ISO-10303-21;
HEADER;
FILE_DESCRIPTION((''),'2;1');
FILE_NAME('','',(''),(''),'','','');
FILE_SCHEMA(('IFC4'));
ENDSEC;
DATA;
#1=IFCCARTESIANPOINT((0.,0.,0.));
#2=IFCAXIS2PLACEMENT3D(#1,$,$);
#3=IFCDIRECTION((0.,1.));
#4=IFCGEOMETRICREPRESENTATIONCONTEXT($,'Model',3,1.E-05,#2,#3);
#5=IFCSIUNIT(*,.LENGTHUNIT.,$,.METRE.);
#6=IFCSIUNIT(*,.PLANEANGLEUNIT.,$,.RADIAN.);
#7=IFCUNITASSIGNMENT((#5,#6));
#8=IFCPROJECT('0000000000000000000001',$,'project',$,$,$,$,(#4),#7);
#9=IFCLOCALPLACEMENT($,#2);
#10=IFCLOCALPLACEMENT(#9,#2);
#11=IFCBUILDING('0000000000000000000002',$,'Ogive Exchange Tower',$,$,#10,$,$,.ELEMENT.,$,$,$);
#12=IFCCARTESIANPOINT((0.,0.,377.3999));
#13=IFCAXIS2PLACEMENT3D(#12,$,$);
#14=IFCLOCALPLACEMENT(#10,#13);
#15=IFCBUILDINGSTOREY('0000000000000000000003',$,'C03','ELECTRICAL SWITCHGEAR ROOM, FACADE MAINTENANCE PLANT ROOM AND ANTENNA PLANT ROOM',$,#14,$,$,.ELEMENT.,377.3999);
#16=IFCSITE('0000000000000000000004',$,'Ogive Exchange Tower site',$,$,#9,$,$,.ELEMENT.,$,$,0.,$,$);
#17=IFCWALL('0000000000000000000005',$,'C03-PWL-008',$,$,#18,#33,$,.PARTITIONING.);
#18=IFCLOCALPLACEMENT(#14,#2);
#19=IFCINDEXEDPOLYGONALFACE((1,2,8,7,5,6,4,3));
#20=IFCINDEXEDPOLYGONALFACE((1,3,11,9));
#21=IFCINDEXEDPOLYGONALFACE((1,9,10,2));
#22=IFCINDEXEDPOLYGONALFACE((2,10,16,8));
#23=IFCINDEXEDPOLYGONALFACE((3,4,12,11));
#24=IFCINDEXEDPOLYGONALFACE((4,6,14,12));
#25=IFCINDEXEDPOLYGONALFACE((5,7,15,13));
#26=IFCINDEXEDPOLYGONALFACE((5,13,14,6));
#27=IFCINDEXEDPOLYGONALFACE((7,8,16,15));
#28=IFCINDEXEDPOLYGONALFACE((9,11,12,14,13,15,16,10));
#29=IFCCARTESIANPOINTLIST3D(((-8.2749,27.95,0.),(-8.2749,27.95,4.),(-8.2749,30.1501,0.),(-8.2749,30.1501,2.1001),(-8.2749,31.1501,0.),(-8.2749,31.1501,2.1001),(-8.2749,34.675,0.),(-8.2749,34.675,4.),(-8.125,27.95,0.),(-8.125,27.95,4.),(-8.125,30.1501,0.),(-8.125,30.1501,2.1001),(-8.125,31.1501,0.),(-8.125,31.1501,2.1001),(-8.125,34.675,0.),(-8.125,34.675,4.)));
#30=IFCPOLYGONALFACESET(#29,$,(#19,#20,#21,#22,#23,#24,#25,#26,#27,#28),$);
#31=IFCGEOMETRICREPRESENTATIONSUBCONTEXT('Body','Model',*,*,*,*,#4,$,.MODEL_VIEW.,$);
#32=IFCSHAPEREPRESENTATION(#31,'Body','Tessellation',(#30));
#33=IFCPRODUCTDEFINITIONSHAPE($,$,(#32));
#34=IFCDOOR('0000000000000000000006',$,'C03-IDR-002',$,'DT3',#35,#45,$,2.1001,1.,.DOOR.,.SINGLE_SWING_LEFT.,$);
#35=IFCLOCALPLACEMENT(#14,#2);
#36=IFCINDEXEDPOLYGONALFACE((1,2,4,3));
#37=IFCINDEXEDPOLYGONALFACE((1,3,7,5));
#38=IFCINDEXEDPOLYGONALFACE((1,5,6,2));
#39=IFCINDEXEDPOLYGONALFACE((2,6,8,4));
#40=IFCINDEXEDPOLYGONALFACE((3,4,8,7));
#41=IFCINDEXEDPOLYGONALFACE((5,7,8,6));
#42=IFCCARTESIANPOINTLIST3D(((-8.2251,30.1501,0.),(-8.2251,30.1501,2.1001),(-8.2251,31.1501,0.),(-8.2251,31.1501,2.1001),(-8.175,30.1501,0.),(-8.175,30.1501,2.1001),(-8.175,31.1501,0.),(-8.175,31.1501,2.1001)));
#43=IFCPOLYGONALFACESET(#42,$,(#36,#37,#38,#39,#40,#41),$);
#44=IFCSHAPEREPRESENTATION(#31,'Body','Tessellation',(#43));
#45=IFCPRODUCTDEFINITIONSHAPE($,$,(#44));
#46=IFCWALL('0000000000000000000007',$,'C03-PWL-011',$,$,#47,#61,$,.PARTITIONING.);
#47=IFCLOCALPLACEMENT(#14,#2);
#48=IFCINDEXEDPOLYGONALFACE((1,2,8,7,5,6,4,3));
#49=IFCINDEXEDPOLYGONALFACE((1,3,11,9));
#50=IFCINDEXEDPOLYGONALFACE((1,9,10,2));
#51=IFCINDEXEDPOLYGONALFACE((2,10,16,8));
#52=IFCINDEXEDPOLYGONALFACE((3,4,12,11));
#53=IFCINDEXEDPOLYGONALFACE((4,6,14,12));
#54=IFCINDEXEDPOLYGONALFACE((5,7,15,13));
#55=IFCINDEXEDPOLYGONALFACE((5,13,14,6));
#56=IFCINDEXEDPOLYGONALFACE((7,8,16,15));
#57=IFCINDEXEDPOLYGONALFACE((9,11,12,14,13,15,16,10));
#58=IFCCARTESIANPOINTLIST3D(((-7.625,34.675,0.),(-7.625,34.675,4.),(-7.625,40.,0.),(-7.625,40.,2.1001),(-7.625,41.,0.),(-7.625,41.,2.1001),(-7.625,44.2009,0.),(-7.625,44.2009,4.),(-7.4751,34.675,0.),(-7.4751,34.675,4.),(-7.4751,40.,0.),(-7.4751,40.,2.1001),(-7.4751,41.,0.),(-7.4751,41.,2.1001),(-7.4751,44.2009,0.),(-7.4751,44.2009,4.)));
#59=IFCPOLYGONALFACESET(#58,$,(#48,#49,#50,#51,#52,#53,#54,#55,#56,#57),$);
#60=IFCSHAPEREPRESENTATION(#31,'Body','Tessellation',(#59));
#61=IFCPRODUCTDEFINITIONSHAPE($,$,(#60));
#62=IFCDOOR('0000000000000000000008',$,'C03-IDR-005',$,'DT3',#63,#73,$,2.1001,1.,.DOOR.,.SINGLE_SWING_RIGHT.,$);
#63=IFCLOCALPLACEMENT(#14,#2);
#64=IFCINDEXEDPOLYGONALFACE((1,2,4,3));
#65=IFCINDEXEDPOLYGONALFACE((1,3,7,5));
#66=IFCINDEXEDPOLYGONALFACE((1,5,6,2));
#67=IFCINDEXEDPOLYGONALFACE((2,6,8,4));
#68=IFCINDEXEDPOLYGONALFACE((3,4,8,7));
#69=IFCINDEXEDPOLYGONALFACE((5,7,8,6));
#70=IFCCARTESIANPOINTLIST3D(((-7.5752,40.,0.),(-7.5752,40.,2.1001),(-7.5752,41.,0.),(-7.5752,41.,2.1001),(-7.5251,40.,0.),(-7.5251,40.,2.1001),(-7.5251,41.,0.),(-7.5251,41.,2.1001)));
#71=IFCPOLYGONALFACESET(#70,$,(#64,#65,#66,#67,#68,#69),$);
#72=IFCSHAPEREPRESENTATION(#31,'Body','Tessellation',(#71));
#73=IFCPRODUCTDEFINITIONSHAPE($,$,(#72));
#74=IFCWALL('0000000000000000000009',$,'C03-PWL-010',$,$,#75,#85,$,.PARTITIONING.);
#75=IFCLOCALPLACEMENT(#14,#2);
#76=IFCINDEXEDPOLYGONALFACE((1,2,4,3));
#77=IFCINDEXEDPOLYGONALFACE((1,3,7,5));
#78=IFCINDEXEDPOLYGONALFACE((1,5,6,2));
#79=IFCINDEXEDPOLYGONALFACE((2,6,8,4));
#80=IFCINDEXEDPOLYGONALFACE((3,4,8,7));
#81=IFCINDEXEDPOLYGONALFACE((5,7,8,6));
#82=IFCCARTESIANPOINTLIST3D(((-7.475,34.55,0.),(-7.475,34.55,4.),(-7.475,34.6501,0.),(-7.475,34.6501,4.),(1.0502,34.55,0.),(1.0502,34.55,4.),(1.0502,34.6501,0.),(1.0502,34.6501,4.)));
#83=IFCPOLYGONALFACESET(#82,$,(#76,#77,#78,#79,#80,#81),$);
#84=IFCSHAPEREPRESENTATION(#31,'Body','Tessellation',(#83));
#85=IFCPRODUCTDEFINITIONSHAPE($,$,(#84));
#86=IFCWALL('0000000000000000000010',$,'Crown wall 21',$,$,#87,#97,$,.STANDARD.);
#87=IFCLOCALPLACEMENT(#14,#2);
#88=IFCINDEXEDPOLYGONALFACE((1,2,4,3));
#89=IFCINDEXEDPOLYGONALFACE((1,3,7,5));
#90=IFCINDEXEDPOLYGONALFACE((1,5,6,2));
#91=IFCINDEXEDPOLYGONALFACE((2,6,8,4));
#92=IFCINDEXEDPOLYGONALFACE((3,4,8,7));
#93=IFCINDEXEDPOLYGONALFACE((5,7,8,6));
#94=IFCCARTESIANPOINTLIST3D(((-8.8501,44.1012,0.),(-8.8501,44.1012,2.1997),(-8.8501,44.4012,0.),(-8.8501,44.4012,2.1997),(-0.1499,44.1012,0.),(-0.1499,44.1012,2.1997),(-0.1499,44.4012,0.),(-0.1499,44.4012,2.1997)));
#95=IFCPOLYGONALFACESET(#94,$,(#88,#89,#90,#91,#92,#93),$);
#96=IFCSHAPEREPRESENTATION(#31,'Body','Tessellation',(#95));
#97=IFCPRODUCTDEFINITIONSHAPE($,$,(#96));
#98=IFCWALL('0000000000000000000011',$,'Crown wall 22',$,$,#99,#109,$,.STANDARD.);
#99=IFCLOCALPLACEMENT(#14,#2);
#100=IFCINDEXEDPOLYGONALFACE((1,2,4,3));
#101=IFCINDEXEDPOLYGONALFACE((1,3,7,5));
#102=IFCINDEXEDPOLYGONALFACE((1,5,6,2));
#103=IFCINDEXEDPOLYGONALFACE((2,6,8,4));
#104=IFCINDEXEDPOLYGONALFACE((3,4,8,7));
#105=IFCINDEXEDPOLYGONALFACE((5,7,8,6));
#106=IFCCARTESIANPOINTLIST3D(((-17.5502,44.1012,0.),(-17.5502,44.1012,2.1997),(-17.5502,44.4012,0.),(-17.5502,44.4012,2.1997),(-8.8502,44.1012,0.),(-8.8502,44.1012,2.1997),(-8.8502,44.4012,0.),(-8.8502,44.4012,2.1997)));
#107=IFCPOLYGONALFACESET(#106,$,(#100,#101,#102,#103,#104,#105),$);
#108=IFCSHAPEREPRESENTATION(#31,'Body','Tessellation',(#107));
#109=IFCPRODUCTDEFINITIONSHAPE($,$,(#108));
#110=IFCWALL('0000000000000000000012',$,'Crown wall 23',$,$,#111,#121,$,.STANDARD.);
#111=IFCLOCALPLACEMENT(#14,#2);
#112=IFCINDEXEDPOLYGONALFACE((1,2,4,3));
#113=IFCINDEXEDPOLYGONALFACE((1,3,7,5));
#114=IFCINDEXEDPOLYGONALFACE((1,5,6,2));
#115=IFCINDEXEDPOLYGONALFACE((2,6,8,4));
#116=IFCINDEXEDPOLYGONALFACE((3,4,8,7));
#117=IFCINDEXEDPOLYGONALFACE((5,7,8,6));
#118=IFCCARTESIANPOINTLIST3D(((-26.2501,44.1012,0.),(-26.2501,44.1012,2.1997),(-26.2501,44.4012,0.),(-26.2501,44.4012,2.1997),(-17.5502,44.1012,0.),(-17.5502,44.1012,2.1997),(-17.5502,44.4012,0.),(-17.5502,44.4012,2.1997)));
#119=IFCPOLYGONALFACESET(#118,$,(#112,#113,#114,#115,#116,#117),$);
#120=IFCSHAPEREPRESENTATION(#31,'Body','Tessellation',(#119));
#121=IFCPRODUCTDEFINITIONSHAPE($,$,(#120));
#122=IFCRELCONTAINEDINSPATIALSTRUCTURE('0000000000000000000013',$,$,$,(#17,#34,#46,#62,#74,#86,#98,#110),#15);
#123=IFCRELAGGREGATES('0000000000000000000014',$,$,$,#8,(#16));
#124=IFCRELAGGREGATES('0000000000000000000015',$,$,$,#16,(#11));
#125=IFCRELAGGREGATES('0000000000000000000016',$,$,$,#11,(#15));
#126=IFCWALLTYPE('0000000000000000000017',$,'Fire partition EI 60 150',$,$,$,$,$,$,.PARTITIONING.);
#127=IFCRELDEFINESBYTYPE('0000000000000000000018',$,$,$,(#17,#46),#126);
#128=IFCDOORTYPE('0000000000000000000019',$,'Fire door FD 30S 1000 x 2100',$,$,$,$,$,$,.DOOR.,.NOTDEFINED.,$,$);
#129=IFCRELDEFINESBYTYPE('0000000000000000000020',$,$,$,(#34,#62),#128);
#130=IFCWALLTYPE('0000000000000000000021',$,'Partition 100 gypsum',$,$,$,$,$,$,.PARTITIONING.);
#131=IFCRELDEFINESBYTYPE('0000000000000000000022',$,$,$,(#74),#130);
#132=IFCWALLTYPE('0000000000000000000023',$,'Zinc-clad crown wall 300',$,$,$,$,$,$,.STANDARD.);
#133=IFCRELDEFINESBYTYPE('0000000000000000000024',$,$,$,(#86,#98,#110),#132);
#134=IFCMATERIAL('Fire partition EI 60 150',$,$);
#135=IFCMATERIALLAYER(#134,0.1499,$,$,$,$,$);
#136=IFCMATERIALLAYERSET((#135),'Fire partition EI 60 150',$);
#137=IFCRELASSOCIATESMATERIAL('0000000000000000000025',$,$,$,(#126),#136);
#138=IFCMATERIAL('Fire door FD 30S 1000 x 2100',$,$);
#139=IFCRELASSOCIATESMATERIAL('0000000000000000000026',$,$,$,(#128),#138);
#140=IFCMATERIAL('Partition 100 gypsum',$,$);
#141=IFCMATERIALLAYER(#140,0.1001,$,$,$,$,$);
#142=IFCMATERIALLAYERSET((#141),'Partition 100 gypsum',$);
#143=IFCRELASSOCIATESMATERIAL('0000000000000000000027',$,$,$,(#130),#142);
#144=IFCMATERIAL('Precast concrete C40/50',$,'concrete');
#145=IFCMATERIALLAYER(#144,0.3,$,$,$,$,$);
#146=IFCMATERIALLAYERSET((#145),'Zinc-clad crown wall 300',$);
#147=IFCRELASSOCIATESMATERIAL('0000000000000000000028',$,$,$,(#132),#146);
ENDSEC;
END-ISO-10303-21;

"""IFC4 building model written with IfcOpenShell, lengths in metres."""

from ifc_helpers import new_model, si_unit, direction, frame, frame_2d, origin, place, context, subcontext, project, spatial, rectangle, extrude, material, layer, layer_set, type_object, element, fill, save


model = new_model("IFC4")

# Units and contexts
model_context = context("Model", 3, precision=1e-05, world=origin(), true_north=direction((0.0, 1.0)))
body_context = subcontext(model_context, "Body", "Model", "MODEL_VIEW")
ifc_project = project(units=[si_unit("LENGTHUNIT", "METRE"), si_unit("PLANEANGLEUNIT", "RADIAN")], contexts=[model_context])

# Site, building, storey
site_placement = place(None, origin())
site = spatial("IfcSite", under=ifc_project, at=site_placement, Name="Ogive Exchange Tower site", CompositionType="ELEMENT", RefElevation=0.0)
building_placement = place(site_placement, origin())
building = spatial("IfcBuilding", under=site, at=building_placement, Name="Ogive Exchange Tower", CompositionType="ELEMENT")
storey_placement = place(building_placement, frame((0.0, 0.0, 377.3999)))
storey = spatial("IfcBuildingStorey", under=building, at=storey_placement, Name="C03", Description="ELECTRICAL SWITCHGEAR ROOM, FACADE MAINTENANCE PLANT ROOM AND ANTENNA PLANT ROOM", CompositionType="ELEMENT", Elevation=377.3999)

# Shared definitions
ifc_material_1 = material(Name="Precast concrete C40/50", Category="concrete")

# Shared definitions
ifc_material_2 = material(Name="Fire partition EI 60 150")
ifc_layer_1 = layer(ifc_material_2, 0.1499)
ifc_layer_set_1 = layer_set([ifc_layer_1], Name="Fire partition EI 60 150")
wall_type_1 = type_object("IfcWallType", Name="Fire partition EI 60 150", PredefinedType="PARTITIONING", material=ifc_layer_set_1)

# Walls, openings, doors
wall_1_placement = place(storey_placement, frame((-8.2, 34.675, 0.0), z_axis=(0.0, 0.0, 1.0), x_axis=(0.0, -1.0, 0.0)))
wall_1 = element("IfcWall", 1, at=wall_1_placement, inside=storey, type_object=wall_type_1, Name="C03-PWL-008", PredefinedType="PARTITIONING", context=body_context, shape_type="SweptSolid", body=[
    extrude(rectangle(XDim=6.7251, YDim=0.1499, at=frame_2d((3.3625, 0.0))), origin(), (0.0, 0.0, 1.0), 4.0),
])
opening_1_placement = place(wall_1_placement, frame((3.5249, 0.0, 0.0)))
opening_1 = element("IfcOpeningElement", 2, at=opening_1_placement, cuts=wall_1, PredefinedType="OPENING", context=body_context, shape_type="SweptSolid", body=[
    extrude(rectangle(XDim=1.0, YDim=2.1001, at=frame_2d((0.5, 1.05))), frame((0.0, 0.085, 0.0), z_axis=(0.0, -1.0, 0.0), x_axis=(1.0, 0.0, 0.0)), (0.0, 0.0, 1.0), 0.1699),
])
ifc_material_3 = material(Name="Fire door FD 30S 1000 x 2100")
door_type = type_object("IfcDoorType", Name="Fire door FD 30S 1000 x 2100", OperationType="NOTDEFINED", PredefinedType="DOOR", material=ifc_material_3)
door_1_placement = place(opening_1_placement, origin())
door_1 = element("IfcDoor", 3, at=door_1_placement, inside=storey, type_object=door_type, Name="C03-IDR-002", ObjectType="DT3", OperationType="SINGLE_SWING_LEFT", OverallHeight=2.1001, OverallWidth=1.0, PredefinedType="DOOR", context=body_context, shape_type="SweptSolid", body=[
    extrude(rectangle(XDim=1.0, YDim=2.1001, at=frame_2d((0.5, 1.05))), frame((0.0, 0.0249, 0.0), z_axis=(0.0, -1.0, 0.0), x_axis=(1.0, 0.0, 0.0)), (0.0, 0.0, 1.0), 0.05),
])
fill(opening_1, door_1)
wall_2_placement = place(storey_placement, frame((-7.55, 44.2009, 0.0), z_axis=(0.0, 0.0, 1.0), x_axis=(0.0, -1.0, 0.0)))
wall_2 = element("IfcWall", 4, at=wall_2_placement, inside=storey, type_object=wall_type_1, Name="C03-PWL-011", PredefinedType="PARTITIONING", context=body_context, shape_type="SweptSolid", body=[
    extrude(rectangle(XDim=9.5259, YDim=0.1499, at=frame_2d((4.7629, 0.0))), origin(), (0.0, 0.0, 1.0), 4.0),
])
opening_2_placement = place(wall_2_placement, frame((3.2009, 0.0, 0.0)))
opening_2 = element("IfcOpeningElement", 5, at=opening_2_placement, cuts=wall_2, PredefinedType="OPENING", context=body_context, shape_type="SweptSolid", body=[
    extrude(rectangle(XDim=1.0, YDim=2.1001, at=frame_2d((0.5, 1.05))), frame((0.0, 0.085, 0.0), z_axis=(0.0, -1.0, 0.0), x_axis=(1.0, 0.0, 0.0)), (0.0, 0.0, 1.0), 0.1699),
])
door_2_placement = place(opening_2_placement, origin())
door_2 = element("IfcDoor", 6, at=door_2_placement, inside=storey, type_object=door_type, Name="C03-IDR-005", ObjectType="DT3", OperationType="SINGLE_SWING_RIGHT", OverallHeight=2.1001, OverallWidth=1.0, PredefinedType="DOOR", context=body_context, shape_type="SweptSolid", body=[
    extrude(rectangle(XDim=1.0, YDim=2.1001, at=frame_2d((0.5, 1.05))), frame((0.0, 0.0249, 0.0), z_axis=(0.0, -1.0, 0.0), x_axis=(1.0, 0.0, 0.0)), (0.0, 0.0, 1.0), 0.05),
])
fill(opening_2, door_2)

# Walls
ifc_material_4 = material(Name="Partition 100 gypsum")
ifc_layer_2 = layer(ifc_material_4, 0.1001)
ifc_layer_set_2 = layer_set([ifc_layer_2], Name="Partition 100 gypsum")
wall_type_2 = type_object("IfcWallType", Name="Partition 100 gypsum", PredefinedType="PARTITIONING", material=ifc_layer_set_2)
wall_3_placement = place(storey_placement, frame((-7.4751, 34.6001, 0.0), z_axis=(0.0, 0.0, 1.0), x_axis=(1.0, 0.0, 0.0)))
element("IfcWall", 7, at=wall_3_placement, inside=storey, type_object=wall_type_2, Name="C03-PWL-010", PredefinedType="PARTITIONING", context=body_context, shape_type="SweptSolid", body=[
    extrude(rectangle(XDim=8.5251, YDim=0.1001, at=frame_2d((4.2627, 0.0))), origin(), (0.0, 0.0, 1.0), 4.0),
])
ifc_layer_3 = layer(ifc_material_1, 0.3)
ifc_layer_set_3 = layer_set([ifc_layer_3], Name="Zinc-clad crown wall 300")
wall_type_3 = type_object("IfcWallType", Name="Zinc-clad crown wall 300", PredefinedType="STANDARD", material=ifc_layer_set_3)
wall_4_placement = place(storey_placement, frame((-0.1499, 44.2512, 0.0), z_axis=(0.0, 0.0, 1.0), x_axis=(-1.0, 0.0, 0.0)))
element("IfcWall", 8, at=wall_4_placement, inside=storey, type_object=wall_type_3, Name="Crown wall 21", PredefinedType="STANDARD", context=body_context, shape_type="SweptSolid", body=[
    extrude(rectangle(XDim=8.7002, YDim=0.3, at=frame_2d((4.3501, 0.0))), origin(), (0.0, 0.0, 1.0), 2.1997),
])
for number, where, z_axis, x_axis, name in (
    (9, (-8.8501, 44.2512, 0.0), (0.0, 0.0, 1.0), (-1.0, 0.0, 0.0), "Crown wall 22"),
    (10, (-17.55, 44.2512, 0.0), (0.0, 0.0, 1.0), (-1.0, 0.0, 0.0), "Crown wall 23"),
):
    element("IfcWall", number, at=place(storey_placement, frame(where, z_axis=z_axis, x_axis=x_axis)), inside=storey, type_object=wall_type_3, Name=name, PredefinedType="STANDARD", context=body_context, shape_type="SweptSolid", body=[
        extrude(rectangle(XDim=8.7, YDim=0.3, at=frame_2d((4.3501, 0.0))), origin(), (0.0, 0.0, 1.0), 2.1997),
    ])

save(model, "model.ifc")
